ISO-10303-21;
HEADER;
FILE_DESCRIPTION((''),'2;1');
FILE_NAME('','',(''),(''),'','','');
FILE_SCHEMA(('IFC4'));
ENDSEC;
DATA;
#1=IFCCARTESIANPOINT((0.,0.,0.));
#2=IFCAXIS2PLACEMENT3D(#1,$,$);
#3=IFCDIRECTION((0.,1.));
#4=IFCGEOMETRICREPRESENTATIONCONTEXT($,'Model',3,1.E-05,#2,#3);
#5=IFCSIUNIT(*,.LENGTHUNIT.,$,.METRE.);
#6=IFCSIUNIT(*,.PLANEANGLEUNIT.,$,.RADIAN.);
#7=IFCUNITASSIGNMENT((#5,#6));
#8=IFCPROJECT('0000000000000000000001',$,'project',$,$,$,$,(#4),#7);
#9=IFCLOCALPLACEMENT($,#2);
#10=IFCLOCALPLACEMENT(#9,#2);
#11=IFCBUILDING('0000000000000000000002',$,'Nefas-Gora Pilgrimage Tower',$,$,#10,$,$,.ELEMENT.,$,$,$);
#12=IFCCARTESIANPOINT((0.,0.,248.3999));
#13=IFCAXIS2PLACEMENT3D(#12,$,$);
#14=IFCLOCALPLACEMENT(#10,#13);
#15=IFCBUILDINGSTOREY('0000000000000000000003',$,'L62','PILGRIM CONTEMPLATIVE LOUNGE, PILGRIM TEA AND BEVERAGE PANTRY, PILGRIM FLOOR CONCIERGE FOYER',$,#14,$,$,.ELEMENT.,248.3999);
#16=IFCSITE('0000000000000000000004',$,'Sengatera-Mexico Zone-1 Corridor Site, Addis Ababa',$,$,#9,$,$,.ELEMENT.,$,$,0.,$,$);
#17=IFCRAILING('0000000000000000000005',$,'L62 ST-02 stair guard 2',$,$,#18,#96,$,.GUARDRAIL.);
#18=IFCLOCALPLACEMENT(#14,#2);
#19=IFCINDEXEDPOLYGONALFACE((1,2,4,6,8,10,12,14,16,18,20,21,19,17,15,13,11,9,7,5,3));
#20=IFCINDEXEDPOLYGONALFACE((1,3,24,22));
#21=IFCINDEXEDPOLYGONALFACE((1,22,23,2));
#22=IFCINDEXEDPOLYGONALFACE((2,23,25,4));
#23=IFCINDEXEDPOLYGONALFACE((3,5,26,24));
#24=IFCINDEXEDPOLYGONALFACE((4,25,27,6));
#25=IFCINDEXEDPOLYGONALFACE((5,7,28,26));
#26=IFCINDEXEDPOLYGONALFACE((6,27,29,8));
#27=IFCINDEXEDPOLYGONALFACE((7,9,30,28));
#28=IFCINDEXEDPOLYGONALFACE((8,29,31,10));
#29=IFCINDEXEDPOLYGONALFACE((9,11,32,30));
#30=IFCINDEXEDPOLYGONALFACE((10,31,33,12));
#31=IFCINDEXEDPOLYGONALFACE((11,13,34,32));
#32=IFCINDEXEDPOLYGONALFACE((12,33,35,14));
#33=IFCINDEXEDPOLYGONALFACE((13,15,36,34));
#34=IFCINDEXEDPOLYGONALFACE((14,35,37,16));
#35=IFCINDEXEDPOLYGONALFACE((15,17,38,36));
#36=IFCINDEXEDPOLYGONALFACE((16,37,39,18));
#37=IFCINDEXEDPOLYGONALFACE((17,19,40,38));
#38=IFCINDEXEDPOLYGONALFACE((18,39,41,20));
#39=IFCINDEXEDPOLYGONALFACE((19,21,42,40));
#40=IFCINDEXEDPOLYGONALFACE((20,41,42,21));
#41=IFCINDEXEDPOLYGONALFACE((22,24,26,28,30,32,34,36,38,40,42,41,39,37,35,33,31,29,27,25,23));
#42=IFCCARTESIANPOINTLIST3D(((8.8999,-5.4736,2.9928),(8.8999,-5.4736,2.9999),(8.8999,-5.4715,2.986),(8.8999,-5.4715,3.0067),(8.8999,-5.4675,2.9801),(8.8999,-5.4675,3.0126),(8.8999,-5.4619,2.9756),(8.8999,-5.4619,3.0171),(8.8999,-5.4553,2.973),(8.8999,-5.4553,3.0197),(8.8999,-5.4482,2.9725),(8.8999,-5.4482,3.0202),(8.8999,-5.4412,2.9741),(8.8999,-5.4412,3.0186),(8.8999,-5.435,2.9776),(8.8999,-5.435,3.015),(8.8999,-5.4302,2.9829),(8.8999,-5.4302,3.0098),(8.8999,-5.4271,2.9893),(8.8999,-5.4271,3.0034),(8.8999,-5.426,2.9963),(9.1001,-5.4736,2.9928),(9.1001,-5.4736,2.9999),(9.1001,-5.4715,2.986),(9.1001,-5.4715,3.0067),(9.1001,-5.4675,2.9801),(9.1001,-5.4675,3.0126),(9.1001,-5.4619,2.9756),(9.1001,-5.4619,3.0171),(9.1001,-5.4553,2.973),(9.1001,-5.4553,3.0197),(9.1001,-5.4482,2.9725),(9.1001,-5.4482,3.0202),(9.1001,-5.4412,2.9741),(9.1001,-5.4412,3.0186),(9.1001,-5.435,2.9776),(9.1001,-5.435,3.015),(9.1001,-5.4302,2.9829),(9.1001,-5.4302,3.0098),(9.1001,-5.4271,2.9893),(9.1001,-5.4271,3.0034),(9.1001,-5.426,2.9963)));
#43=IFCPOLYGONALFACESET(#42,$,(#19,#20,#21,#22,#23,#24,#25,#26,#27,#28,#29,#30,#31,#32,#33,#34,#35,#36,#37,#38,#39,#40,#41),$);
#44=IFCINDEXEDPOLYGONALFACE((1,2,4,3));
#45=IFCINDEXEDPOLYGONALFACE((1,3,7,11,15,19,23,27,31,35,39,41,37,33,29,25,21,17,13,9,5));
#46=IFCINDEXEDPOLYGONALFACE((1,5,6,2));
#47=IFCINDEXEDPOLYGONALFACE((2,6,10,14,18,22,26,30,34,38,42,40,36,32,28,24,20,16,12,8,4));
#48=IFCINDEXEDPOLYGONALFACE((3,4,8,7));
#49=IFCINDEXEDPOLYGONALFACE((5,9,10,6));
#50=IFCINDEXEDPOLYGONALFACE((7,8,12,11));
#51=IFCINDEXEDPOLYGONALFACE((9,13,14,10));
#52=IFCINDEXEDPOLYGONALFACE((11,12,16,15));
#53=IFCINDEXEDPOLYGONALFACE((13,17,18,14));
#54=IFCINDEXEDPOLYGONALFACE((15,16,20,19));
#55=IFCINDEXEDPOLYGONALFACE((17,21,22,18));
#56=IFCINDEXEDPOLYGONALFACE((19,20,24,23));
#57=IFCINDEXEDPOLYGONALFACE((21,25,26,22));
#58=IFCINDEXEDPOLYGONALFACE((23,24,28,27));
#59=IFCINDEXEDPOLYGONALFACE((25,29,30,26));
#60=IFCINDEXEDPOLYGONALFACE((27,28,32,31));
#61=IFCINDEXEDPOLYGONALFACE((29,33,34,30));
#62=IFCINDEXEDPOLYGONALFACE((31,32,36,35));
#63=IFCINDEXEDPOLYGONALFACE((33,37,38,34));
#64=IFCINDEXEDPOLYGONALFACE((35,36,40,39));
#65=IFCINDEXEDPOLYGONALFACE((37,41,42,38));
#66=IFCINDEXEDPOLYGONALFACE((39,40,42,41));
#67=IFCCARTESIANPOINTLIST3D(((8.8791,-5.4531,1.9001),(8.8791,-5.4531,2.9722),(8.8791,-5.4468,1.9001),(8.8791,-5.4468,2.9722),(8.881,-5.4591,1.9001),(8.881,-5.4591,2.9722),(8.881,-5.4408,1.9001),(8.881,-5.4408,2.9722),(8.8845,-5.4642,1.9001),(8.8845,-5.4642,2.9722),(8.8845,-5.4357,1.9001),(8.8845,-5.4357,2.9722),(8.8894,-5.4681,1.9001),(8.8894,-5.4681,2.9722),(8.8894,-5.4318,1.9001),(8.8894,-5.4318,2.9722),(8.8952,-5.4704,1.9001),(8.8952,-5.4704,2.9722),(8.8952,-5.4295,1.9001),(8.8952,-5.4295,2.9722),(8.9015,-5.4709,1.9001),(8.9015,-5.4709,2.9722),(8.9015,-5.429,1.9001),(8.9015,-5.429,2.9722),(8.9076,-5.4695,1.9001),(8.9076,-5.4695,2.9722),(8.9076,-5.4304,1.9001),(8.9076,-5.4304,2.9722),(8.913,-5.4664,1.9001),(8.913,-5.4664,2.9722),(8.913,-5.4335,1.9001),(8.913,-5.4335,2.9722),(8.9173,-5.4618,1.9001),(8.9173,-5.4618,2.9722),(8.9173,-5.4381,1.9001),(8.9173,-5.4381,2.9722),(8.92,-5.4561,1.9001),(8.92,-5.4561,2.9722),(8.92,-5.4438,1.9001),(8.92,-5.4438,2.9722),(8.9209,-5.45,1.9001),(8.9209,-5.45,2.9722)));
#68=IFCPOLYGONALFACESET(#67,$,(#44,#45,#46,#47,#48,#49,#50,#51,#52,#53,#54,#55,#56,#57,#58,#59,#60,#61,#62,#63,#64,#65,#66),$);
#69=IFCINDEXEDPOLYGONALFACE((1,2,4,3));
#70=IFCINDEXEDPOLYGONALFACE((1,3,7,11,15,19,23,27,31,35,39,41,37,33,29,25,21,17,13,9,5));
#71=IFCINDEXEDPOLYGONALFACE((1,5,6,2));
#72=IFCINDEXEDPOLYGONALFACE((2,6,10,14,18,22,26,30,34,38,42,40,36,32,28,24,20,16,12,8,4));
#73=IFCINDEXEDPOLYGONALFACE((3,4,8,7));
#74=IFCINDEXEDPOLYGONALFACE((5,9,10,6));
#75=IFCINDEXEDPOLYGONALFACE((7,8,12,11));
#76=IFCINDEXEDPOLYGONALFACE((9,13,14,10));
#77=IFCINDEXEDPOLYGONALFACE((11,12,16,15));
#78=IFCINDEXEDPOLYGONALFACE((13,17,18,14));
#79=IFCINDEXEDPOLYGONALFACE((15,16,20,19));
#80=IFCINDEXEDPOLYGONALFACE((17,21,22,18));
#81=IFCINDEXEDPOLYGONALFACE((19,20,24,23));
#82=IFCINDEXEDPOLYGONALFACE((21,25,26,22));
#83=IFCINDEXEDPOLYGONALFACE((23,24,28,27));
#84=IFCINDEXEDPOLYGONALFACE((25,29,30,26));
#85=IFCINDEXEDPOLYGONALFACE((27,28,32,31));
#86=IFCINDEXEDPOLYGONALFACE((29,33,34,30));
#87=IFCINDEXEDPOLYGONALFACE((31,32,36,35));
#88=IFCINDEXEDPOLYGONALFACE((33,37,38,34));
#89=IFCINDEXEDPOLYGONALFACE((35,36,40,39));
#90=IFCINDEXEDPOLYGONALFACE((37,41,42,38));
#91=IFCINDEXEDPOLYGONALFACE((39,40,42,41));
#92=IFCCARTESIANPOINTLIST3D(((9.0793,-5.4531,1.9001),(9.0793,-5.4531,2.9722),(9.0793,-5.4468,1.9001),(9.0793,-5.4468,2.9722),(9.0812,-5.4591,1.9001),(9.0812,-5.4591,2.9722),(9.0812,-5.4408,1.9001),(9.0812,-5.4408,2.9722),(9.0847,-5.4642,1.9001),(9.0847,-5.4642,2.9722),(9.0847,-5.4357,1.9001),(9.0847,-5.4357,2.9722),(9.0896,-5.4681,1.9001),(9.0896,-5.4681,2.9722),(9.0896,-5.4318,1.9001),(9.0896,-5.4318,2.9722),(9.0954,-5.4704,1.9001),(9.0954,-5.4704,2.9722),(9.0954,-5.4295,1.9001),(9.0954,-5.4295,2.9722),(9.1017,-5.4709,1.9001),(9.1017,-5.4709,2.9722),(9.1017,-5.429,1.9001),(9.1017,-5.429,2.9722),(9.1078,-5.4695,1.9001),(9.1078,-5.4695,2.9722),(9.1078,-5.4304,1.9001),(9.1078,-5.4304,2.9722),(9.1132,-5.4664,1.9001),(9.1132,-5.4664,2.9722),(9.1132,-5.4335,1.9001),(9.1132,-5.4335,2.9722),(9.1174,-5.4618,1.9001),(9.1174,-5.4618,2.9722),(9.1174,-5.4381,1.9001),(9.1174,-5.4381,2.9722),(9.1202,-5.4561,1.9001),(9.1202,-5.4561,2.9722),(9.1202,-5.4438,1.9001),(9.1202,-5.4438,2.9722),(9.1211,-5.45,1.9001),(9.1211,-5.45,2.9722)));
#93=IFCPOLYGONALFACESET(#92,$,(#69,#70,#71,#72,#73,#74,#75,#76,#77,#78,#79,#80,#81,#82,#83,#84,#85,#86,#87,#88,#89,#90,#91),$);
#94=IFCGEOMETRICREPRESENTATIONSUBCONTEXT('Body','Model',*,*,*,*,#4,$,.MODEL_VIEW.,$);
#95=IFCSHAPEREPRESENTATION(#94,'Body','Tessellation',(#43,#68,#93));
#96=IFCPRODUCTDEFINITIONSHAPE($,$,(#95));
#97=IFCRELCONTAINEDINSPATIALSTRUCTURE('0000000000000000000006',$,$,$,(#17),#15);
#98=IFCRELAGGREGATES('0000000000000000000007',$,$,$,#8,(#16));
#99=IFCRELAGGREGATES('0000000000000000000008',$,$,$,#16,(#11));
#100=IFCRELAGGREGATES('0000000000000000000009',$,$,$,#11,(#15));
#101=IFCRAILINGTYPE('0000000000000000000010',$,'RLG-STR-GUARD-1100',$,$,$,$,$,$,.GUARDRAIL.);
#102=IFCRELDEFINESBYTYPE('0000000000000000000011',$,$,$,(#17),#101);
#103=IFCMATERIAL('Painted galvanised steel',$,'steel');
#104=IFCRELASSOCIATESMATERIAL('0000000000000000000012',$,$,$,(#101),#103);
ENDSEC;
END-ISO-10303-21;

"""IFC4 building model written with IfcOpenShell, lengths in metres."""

from ifc_helpers import new_model, si_unit, direction, frame, origin, origin_2d, place, context, subcontext, project, spatial, circle, extrude, material, type_object, element, save


model = new_model("IFC4")

# Units and contexts
model_context = context("Model", 3, precision=1e-05, world=origin(), true_north=direction((0.0, 1.0)))
body_context = subcontext(model_context, "Body", "Model", "MODEL_VIEW")
ifc_project = project(units=[si_unit("LENGTHUNIT", "METRE"), si_unit("PLANEANGLEUNIT", "RADIAN")], contexts=[model_context])

# Site, building, storey
site_placement = place(None, origin())
site = spatial("IfcSite", under=ifc_project, at=site_placement, Name="Sengatera-Mexico Zone-1 Corridor Site, Addis Ababa", CompositionType="ELEMENT", RefElevation=0.0)
building_placement = place(site_placement, origin())
building = spatial("IfcBuilding", under=site, at=building_placement, Name="Nefas-Gora Pilgrimage Tower", CompositionType="ELEMENT")
storey_placement = place(building_placement, frame((0.0, 0.0, 248.3999)))
storey = spatial("IfcBuildingStorey", under=building, at=storey_placement, Name="L62", Description="PILGRIM CONTEMPLATIVE LOUNGE, PILGRIM TEA AND BEVERAGE PANTRY, PILGRIM FLOOR CONCIERGE FOYER", CompositionType="ELEMENT", Elevation=248.3999)

# Railing
ifc_material_1 = material(Name="Painted galvanised steel", Category="steel")
railing_type_1 = type_object("IfcRailingType", Name="RLG-STR-GUARD-1100", PredefinedType="GUARDRAIL", material=ifc_material_1)
railing_1_placement = place(storey_placement, frame((8.8999, -5.45, 1.9001)))
element("IfcRailing", 1, at=railing_1_placement, inside=storey, type_object=railing_type_1, Name="L62 ST-02 stair guard 2", PredefinedType="GUARDRAIL", context=body_context, shape_type="SweptSolid", body=[
    extrude(circle(Radius=0.0239, at=origin_2d()), frame((0.0, 0.0, 1.0962), z_axis=(1.0, 0.0, 0.0), x_axis=(0.0, 1.0, 0.0)), (0.0, 0.0, 1.0), 0.2002),
    extrude(circle(Radius=0.021, at=origin_2d()), origin(), (0.0, 0.0, 1.0), 1.072),
    extrude(circle(Radius=0.021, at=origin_2d()), frame((0.2002, 0.0, 0.0)), (0.0, 0.0, 1.0), 1.072),
])

save(model, "model.ifc")
